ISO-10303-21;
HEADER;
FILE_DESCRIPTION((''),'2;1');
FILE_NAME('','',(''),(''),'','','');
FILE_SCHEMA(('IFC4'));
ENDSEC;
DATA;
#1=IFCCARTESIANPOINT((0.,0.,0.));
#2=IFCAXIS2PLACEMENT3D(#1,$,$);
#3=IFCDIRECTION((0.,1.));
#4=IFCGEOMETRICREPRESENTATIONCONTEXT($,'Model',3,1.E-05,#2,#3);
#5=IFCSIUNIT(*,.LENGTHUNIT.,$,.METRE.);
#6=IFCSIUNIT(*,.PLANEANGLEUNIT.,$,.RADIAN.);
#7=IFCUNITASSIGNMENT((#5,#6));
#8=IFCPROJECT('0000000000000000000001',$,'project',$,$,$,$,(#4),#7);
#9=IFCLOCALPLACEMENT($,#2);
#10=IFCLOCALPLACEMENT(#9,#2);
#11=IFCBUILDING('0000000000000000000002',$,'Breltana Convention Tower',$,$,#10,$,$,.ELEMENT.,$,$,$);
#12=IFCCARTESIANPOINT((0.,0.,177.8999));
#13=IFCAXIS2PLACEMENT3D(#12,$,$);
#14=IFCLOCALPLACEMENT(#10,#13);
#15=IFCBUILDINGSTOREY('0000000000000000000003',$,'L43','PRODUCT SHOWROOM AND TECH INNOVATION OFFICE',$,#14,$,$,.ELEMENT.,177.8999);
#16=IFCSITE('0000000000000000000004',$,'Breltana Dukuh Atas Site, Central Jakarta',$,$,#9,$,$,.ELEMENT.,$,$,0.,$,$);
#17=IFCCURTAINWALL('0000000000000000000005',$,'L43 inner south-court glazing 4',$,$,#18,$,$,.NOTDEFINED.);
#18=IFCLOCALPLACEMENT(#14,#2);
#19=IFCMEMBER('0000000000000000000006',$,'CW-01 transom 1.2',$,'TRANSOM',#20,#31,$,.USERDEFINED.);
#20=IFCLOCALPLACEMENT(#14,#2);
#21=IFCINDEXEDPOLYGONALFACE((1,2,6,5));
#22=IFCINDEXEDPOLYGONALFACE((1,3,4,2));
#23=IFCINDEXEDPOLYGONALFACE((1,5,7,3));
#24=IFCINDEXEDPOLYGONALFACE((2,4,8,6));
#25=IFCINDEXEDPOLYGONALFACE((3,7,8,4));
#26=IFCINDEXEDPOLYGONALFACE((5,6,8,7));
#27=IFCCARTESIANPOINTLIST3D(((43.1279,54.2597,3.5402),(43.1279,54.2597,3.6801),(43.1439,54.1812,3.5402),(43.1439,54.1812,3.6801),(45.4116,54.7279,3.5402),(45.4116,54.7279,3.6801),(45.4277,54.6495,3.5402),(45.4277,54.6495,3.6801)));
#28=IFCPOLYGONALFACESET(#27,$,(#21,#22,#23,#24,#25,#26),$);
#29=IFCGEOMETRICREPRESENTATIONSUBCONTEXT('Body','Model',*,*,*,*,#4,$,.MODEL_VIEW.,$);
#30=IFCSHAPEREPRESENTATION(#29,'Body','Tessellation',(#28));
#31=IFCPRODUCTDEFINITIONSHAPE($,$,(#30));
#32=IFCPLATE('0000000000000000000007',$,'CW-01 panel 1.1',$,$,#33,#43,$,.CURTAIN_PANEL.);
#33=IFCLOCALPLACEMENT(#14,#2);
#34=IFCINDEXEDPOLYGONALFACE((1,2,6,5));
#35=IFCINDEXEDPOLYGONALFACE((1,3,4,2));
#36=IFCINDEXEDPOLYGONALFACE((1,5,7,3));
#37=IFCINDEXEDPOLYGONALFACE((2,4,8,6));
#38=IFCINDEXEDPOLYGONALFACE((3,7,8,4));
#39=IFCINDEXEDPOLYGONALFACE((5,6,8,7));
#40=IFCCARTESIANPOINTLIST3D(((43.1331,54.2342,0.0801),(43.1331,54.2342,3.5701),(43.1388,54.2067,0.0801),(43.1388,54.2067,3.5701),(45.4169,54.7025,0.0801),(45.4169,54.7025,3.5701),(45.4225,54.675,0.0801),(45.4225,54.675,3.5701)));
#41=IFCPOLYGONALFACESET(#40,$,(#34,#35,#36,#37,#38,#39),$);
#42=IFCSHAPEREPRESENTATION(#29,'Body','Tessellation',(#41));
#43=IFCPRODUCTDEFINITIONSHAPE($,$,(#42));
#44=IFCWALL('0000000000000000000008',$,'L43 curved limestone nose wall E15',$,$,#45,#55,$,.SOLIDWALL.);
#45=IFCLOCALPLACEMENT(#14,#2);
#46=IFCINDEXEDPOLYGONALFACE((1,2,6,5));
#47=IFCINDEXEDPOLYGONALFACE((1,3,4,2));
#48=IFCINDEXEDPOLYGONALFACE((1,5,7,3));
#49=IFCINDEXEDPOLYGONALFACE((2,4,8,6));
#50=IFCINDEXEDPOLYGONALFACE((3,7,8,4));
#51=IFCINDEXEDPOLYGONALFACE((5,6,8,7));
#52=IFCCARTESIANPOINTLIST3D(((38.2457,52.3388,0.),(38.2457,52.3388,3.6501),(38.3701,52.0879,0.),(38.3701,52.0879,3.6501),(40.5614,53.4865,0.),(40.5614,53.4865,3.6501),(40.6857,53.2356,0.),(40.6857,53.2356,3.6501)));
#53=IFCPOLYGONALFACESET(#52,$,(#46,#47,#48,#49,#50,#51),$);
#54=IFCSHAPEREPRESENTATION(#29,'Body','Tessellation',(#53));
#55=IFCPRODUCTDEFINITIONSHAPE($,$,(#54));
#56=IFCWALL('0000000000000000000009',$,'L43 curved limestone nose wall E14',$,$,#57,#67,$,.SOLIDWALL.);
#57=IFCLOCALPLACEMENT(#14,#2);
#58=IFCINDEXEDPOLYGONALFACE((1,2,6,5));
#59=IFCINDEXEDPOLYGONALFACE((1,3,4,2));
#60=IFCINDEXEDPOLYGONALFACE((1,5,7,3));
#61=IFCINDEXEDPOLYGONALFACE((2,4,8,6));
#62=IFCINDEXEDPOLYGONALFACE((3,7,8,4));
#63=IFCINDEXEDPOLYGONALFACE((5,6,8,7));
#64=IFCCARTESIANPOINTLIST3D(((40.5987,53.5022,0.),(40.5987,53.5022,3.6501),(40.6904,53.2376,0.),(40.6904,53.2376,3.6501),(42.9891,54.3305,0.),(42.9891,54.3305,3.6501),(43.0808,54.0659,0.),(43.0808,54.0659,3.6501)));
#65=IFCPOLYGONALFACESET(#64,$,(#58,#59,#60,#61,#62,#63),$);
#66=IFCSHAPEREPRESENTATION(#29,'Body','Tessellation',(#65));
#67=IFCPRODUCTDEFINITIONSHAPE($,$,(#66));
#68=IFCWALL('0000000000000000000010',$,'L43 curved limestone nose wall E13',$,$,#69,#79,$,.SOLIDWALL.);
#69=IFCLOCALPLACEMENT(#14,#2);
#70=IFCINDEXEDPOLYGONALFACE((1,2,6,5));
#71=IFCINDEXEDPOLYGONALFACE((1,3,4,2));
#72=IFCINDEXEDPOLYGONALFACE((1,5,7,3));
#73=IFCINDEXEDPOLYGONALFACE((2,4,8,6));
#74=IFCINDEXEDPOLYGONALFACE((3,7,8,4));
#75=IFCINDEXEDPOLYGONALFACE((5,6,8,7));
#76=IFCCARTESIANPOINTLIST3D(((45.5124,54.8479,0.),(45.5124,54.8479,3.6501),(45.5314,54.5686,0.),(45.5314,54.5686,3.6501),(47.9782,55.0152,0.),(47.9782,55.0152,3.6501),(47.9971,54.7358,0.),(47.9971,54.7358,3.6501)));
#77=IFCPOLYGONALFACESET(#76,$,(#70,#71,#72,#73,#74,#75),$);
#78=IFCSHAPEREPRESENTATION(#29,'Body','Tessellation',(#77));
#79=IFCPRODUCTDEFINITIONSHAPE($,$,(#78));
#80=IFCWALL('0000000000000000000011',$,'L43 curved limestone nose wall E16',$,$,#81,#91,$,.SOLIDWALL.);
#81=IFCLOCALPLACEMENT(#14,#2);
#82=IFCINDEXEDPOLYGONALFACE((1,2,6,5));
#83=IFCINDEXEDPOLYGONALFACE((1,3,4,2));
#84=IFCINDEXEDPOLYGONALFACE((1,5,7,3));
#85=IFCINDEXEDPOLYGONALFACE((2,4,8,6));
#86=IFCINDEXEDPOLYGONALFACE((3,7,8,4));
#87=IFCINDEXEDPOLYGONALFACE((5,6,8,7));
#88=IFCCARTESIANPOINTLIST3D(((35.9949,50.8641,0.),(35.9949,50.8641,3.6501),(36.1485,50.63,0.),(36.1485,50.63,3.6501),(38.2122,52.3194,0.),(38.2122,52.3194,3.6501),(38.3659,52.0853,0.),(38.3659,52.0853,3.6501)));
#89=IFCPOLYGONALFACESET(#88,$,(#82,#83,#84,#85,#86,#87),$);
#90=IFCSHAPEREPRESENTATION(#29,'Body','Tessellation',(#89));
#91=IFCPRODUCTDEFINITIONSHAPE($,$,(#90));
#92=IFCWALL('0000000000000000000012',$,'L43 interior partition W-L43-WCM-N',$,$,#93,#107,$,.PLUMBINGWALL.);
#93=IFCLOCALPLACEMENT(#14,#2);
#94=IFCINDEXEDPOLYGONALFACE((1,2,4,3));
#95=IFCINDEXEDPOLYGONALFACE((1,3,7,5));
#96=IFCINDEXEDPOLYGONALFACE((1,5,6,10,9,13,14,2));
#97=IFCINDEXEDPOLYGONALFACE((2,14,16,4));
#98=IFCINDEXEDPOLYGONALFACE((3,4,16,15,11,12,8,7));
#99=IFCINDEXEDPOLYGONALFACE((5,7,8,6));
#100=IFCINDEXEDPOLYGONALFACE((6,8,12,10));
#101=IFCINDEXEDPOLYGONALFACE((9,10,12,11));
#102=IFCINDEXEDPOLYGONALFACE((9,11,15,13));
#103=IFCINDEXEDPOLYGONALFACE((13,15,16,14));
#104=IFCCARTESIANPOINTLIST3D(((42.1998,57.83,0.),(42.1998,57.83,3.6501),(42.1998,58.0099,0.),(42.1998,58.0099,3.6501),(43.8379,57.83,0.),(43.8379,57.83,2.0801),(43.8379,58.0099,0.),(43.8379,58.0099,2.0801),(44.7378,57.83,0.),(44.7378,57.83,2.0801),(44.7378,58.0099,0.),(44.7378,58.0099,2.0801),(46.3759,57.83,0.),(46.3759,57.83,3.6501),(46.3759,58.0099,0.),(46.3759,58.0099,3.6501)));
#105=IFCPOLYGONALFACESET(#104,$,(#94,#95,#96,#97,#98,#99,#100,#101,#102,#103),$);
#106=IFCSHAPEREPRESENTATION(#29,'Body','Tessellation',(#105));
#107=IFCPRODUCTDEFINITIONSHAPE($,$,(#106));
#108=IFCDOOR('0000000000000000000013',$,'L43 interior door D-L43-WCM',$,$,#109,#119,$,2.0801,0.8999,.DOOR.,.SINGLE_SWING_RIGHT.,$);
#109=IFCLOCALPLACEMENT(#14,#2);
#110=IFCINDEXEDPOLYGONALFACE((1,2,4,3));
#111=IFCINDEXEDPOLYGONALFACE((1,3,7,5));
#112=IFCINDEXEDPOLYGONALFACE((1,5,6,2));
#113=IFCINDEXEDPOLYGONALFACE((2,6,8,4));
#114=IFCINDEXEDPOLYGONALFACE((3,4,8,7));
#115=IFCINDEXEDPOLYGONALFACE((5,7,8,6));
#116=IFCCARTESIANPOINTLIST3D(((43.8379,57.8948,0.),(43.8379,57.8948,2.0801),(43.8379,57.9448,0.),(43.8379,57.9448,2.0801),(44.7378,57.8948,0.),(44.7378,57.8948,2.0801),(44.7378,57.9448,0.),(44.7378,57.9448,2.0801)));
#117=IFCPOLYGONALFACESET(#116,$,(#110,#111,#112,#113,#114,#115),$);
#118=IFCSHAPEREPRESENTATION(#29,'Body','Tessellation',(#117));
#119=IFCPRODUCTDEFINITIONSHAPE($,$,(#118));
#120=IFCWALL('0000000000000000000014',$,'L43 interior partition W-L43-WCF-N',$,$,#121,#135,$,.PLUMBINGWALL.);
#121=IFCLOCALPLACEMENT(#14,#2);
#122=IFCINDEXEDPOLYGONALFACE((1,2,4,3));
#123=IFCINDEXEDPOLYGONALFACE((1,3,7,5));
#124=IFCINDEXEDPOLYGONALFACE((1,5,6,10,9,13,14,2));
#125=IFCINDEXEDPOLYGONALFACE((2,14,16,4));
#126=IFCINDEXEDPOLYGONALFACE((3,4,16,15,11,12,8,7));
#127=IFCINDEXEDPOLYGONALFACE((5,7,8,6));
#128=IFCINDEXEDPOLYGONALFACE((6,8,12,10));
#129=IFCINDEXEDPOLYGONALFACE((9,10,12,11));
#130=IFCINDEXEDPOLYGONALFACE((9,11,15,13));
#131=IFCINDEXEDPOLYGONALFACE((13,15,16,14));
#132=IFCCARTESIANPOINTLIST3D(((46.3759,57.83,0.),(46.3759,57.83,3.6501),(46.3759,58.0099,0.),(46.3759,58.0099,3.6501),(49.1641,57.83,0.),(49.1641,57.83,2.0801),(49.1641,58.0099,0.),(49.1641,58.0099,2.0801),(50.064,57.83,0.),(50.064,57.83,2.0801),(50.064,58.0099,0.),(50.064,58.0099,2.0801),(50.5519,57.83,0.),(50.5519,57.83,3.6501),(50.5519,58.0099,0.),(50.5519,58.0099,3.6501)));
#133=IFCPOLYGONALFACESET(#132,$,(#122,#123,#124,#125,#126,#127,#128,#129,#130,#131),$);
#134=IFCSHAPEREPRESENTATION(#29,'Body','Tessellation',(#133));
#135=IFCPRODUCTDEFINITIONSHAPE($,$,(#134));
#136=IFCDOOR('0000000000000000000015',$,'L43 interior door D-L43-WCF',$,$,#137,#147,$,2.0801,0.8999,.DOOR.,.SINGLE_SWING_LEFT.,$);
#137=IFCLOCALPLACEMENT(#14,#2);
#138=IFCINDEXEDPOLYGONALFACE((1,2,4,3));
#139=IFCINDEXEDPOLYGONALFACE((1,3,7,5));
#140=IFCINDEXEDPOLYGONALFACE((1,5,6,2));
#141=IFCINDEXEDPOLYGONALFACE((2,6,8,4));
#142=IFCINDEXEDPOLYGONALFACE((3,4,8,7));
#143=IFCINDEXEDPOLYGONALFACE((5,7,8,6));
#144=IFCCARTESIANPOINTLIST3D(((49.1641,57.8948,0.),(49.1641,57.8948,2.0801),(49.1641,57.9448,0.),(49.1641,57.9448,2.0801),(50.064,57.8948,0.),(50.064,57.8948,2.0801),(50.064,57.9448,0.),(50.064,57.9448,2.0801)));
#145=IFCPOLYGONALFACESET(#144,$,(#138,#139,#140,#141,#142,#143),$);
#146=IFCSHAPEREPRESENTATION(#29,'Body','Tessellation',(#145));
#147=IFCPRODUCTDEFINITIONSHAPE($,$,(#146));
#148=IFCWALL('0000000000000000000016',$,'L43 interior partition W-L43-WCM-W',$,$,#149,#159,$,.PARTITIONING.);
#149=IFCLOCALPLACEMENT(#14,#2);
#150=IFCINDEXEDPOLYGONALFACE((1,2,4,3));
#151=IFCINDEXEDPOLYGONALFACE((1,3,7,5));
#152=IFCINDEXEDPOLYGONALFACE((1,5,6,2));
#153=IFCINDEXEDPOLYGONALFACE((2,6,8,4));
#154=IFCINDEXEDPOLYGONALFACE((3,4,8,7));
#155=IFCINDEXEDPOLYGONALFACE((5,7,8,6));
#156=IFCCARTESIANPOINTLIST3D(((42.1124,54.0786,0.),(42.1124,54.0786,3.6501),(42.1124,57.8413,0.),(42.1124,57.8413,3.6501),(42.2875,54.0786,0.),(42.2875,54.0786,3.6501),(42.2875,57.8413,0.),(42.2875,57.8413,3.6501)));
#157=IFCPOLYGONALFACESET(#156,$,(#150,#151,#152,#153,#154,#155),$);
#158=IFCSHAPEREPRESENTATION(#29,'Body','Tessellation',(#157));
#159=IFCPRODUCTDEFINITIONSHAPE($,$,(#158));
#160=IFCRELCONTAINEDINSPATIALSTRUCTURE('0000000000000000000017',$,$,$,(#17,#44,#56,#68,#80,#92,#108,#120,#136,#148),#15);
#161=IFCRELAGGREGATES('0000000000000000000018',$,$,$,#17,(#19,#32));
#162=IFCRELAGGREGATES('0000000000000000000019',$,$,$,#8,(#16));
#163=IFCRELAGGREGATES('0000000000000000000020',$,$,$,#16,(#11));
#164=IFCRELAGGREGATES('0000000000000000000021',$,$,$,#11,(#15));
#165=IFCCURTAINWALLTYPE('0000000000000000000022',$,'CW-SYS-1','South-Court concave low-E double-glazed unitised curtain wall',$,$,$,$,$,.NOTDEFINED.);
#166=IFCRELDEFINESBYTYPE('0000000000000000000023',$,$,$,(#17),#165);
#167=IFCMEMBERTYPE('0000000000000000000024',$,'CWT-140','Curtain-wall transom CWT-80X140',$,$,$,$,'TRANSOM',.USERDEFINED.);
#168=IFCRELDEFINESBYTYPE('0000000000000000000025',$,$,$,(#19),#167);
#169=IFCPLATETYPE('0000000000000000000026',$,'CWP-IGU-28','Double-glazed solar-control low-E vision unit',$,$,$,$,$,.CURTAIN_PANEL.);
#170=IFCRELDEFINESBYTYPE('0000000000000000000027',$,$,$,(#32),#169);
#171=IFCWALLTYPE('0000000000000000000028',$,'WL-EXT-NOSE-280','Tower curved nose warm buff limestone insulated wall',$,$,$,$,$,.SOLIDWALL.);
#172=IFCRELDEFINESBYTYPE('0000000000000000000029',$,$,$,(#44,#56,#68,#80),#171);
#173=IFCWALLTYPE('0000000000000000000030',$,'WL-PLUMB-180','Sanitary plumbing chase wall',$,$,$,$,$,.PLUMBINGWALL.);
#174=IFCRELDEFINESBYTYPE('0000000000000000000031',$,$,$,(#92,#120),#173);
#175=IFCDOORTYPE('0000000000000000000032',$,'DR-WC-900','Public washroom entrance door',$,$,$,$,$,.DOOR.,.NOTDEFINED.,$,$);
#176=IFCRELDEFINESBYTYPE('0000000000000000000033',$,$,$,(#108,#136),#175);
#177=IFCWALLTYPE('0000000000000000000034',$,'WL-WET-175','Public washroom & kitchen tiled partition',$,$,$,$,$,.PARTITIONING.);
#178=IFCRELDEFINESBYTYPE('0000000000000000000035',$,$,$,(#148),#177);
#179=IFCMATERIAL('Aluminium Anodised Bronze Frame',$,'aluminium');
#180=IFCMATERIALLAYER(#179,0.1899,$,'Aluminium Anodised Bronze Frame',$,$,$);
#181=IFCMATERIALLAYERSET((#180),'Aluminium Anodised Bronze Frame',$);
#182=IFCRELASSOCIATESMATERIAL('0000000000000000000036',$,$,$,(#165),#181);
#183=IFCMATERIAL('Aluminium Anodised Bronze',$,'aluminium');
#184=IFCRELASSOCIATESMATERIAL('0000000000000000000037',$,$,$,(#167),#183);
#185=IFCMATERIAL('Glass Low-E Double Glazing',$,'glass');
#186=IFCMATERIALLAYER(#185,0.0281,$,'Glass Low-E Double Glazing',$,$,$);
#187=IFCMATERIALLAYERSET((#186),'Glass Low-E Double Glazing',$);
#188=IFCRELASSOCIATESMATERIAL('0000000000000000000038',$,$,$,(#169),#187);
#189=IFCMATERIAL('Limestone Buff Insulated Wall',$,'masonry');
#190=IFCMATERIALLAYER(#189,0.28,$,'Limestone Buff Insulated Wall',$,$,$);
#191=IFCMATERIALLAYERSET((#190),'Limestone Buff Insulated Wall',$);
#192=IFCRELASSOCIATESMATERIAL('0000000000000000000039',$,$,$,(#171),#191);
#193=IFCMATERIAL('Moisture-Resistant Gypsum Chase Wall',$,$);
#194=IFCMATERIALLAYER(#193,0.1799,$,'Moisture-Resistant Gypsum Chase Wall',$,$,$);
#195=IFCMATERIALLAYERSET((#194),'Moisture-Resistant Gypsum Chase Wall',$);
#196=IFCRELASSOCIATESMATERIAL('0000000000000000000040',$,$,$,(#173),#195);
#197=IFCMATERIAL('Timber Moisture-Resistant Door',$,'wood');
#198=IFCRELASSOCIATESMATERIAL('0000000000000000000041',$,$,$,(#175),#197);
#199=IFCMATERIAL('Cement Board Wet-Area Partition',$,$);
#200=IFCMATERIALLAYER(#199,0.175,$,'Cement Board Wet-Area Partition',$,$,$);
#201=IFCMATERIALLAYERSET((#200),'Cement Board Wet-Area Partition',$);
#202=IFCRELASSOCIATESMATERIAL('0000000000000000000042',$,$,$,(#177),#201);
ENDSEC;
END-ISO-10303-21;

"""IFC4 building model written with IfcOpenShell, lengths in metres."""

from ifc_helpers import new_model, si_unit, direction, frame, frame_2d, origin, origin_2d, place, context, subcontext, project, spatial, rectangle, extrude, source, transform, mapped, material, layer, layer_set, material_profile, profile_set, type_object, type_shapes, element, fill, aggregate, save


model = new_model("IFC4")

# Units and contexts
model_context = context("Model", 3, precision=1e-05, world=origin(), true_north=direction((0.0, 1.0)))
body_context = subcontext(model_context, "Body", "Model", "MODEL_VIEW")
ifc_project = project(units=[si_unit("LENGTHUNIT", "METRE"), si_unit("PLANEANGLEUNIT", "RADIAN")], contexts=[model_context])

# Site, building, storey
site_placement = place(None, origin())
site = spatial("IfcSite", under=ifc_project, at=site_placement, Name="Breltana Dukuh Atas Site, Central Jakarta", CompositionType="ELEMENT", RefElevation=0.0)
building_placement = place(site_placement, origin())
building = spatial("IfcBuilding", under=site, at=building_placement, Name="Breltana Convention Tower", CompositionType="ELEMENT")
storey_placement = place(building_placement, frame((0.0, 0.0, 177.8999)))
storey = spatial("IfcBuildingStorey", under=building, at=storey_placement, Name="L43", Description="PRODUCT SHOWROOM AND TECH INNOVATION OFFICE", CompositionType="ELEMENT", Elevation=177.8999)

# Curtain wall, member, plate
ifc_material_1 = material(Name="Aluminium Anodised Bronze Frame", Category="aluminium")
ifc_layer_1 = layer(ifc_material_1, 0.1899, Name="Aluminium Anodised Bronze Frame")
ifc_layer_set_1 = layer_set([ifc_layer_1], Name="Aluminium Anodised Bronze Frame")
curtain_wall_type = type_object("IfcCurtainWallType", Name="CW-SYS-1", Description="South-Court concave low-E double-glazed unitised curtain wall", PredefinedType="NOTDEFINED", material=ifc_layer_set_1)
curtain_wall_placement = place(storey_placement, origin())
curtain_wall = element("IfcCurtainWall", 1, at=curtain_wall_placement, inside=storey, type_object=curtain_wall_type, Name="L43 inner south-court glazing 4", PredefinedType="NOTDEFINED")
ifc_material_2 = material(Name="Aluminium Anodised Bronze", Category="aluminium")
ifc_material_profile_1 = material_profile(ifc_material_2, rectangle(XDim=0.0801, YDim=0.1399, at=origin_2d()), Name="CWT-80X140")
ifc_profile_set_1 = profile_set([ifc_material_profile_1], Name="Aluminium Anodised Bronze")
member_type_1 = type_object("IfcMemberType", Name="CWT-140", Description="Curtain-wall transom CWT-80X140", ElementType="TRANSOM", PredefinedType="USERDEFINED", material=ifc_profile_set_1)
shared_shape_1 = source(origin(), body_context, "Body", "SweptSolid", [
    extrude(rectangle(XDim=0.0801, YDim=0.1399, at=origin_2d()), origin(), (0.0, 0.0, 1.0), 2.3313),
])
member_1_placement = place(storey_placement, frame((45.4197, 54.6887, 3.6101), z_axis=(-0.979619, -0.200867, 0.0), x_axis=(0.200867, -0.979619, 0.0)))
member_1 = element("IfcMember", 2, at=member_1_placement, type_object=member_type_1, Name="CW-01 transom 1.2", ObjectType="TRANSOM", PredefinedType="USERDEFINED", context=body_context, shape_type="MappedRepresentation", body=[
    mapped(shared_shape_1, transform((0.0, 0.0, 0.0), scale=1.0)),
])
ifc_material_3 = material(Name="Glass Low-E Double Glazing", Category="glass")
ifc_layer_2 = layer(ifc_material_3, 0.0281, Name="Glass Low-E Double Glazing")
ifc_layer_set_2 = layer_set([ifc_layer_2], Name="Glass Low-E Double Glazing")
plate_type = type_object("IfcPlateType", Name="CWP-IGU-28", Description="Double-glazed solar-control low-E vision unit", PredefinedType="CURTAIN_PANEL", material=ifc_layer_set_2)
shared_shape_2 = source(origin(), body_context, "Body", "SweptSolid", [
    extrude(rectangle(XDim=2.3313, YDim=0.0281, at=origin_2d()), origin(), (0.0, 0.0, 1.0), 3.49),
])
plate_placement = place(storey_placement, frame((44.2778, 54.4546, 0.0801), z_axis=(0.0, 0.0, 1.0), x_axis=(-0.97962, -0.200861, 0.0)))
plate = element("IfcPlate", 3, at=plate_placement, type_object=plate_type, Name="CW-01 panel 1.1", PredefinedType="CURTAIN_PANEL", context=body_context, shape_type="MappedRepresentation", body=[
    mapped(shared_shape_2, transform((0.0, 0.0, 0.0), scale=1.0)),
])
aggregate(curtain_wall, [member_1, plate])

# Walls
ifc_material_4 = material(Name="Limestone Buff Insulated Wall", Category="masonry")
ifc_layer_3 = layer(ifc_material_4, 0.28, Name="Limestone Buff Insulated Wall")
ifc_layer_set_3 = layer_set([ifc_layer_3], Name="Limestone Buff Insulated Wall")
wall_type_1 = type_object("IfcWallType", Name="WL-EXT-NOSE-280", Description="Tower curved nose warm buff limestone insulated wall", PredefinedType="SOLIDWALL", material=ifc_layer_set_3)
shared_shape_3 = source(origin(), body_context, "Body", "SweptSolid", [
    extrude(rectangle(XDim=2.5845, YDim=0.28, at=frame_2d((1.2922, 0.0))), origin(), (0.0, 0.0, 1.0), 3.6501),
])
wall_1_placement = place(storey_placement, frame((40.6235, 53.3611, 0.0), z_axis=(0.0, 0.0, 1.0), x_axis=(-0.89599, -0.444075, 0.0)))
element("IfcWall", 4, at=wall_1_placement, inside=storey, type_object=wall_type_1, Name="L43 curved limestone nose wall E15", PredefinedType="SOLIDWALL", context=body_context, shape_type="MappedRepresentation", body=[
    mapped(shared_shape_3, transform((0.0, 0.0, 0.0), scale=1.0)),
])
shared_shape_4 = source(origin(), body_context, "Body", "SweptSolid", [
    extrude(rectangle(XDim=2.5298, YDim=0.28, at=frame_2d((1.2649, 0.0))), origin(), (0.0, 0.0, 1.0), 3.6501),
])
wall_2_placement = place(storey_placement, frame((43.0349, 54.1982, 0.0), z_axis=(0.0, 0.0, 1.0), x_axis=(-0.944872, -0.327439, 0.0)))
element("IfcWall", 5, at=wall_2_placement, inside=storey, type_object=wall_type_1, Name="L43 curved limestone nose wall E14", PredefinedType="SOLIDWALL", context=body_context, shape_type="MappedRepresentation", body=[
    mapped(shared_shape_4, transform((0.0, 0.0, 0.0), scale=1.0)),
])
shared_shape_5 = source(origin(), body_context, "Body", "SweptSolid", [
    extrude(rectangle(XDim=2.4714, YDim=0.28, at=frame_2d((1.2358, 0.0))), origin(), (0.0, 0.0, 1.0), 3.6501),
])
wall_3_placement = place(storey_placement, frame((47.9878, 54.8755, 0.0), z_axis=(0.0, 0.0, 1.0), x_axis=(-0.997708, -0.067666, 0.0)))
element("IfcWall", 6, at=wall_3_placement, inside=storey, type_object=wall_type_1, Name="L43 curved limestone nose wall E13", PredefinedType="SOLIDWALL", context=body_context, shape_type="MappedRepresentation", body=[
    mapped(shared_shape_5, transform((0.0, 0.0, 0.0), scale=1.0)),
])
shared_shape_6 = source(origin(), body_context, "Body", "SweptSolid", [
    extrude(rectangle(XDim=2.6523, YDim=0.28, at=frame_2d((1.3262, 0.0))), origin(), (0.0, 0.0, 1.0), 3.6501),
])
wall_4_placement = place(storey_placement, frame((38.2891, 52.2024, 0.0), z_axis=(0.0, 0.0, 1.0), x_axis=(-0.836008, -0.548717, 0.0)))
element("IfcWall", 7, at=wall_4_placement, inside=storey, type_object=wall_type_1, Name="L43 curved limestone nose wall E16", PredefinedType="SOLIDWALL", context=body_context, shape_type="MappedRepresentation", body=[
    mapped(shared_shape_6, transform((0.0, 0.0, 0.0), scale=1.0)),
])

# Walls, openings, doors
ifc_material_5 = material(Name="Moisture-Resistant Gypsum Chase Wall")
ifc_layer_4 = layer(ifc_material_5, 0.1799, Name="Moisture-Resistant Gypsum Chase Wall")
ifc_layer_set_4 = layer_set([ifc_layer_4], Name="Moisture-Resistant Gypsum Chase Wall")
wall_type_2 = type_object("IfcWallType", Name="WL-PLUMB-180", Description="Sanitary plumbing chase wall", PredefinedType="PLUMBINGWALL", material=ifc_layer_set_4)
shared_shape_7 = source(origin(), body_context, "Body", "SweptSolid", [
    extrude(rectangle(XDim=4.176, YDim=0.1799, at=frame_2d((2.0879, 0.0))), origin(), (0.0, 0.0, 1.0), 3.6501),
])
wall_5_placement = place(storey_placement, frame((42.2, 57.9199, 0.0), z_axis=(0.0, 0.0, 1.0), x_axis=(1.0, 0.0, 0.0)))
wall_5 = element("IfcWall", 8, at=wall_5_placement, inside=storey, type_object=wall_type_2, Name="L43 interior partition W-L43-WCM-N", PredefinedType="PLUMBINGWALL", context=body_context, shape_type="MappedRepresentation", body=[
    mapped(shared_shape_7, transform((0.0, 0.0, 0.0), scale=1.0)),
])
opening_1_placement = place(wall_5_placement, frame((1.6379, 0.0, 0.0)))
opening_1 = element("IfcOpeningElement", 9, at=opening_1_placement, cuts=wall_5, PredefinedType="OPENING", context=body_context, shape_type="SweptSolid", body=[
    extrude(rectangle(XDim=0.8999, YDim=2.0801, at=frame_2d((0.45, 1.04))), frame((0.0, 0.1001, 0.0), z_axis=(0.0, -1.0, 0.0), x_axis=(1.0, 0.0, 0.0)), (0.0, 0.0, 1.0), 0.2),
])
ifc_material_6 = material(Name="Timber Moisture-Resistant Door", Category="wood")
door_type = type_object("IfcDoorType", Name="DR-WC-900", Description="Public washroom entrance door", OperationType="NOTDEFINED", PredefinedType="DOOR", material=ifc_material_6)
shared_shape_8 = source(origin(), body_context, "Body", "SweptSolid", [
    extrude(rectangle(XDim=0.8999, YDim=2.0801, at=frame_2d((0.45, 1.04))), frame((0.0, 0.0249, 0.0), z_axis=(0.0, -1.0, 0.0), x_axis=(1.0, 0.0, 0.0)), (0.0, 0.0, 1.0), 0.05),
])
type_shapes(door_type, [shared_shape_8])
door_1_placement = place(opening_1_placement, origin())
door_1 = element("IfcDoor", 10, at=door_1_placement, inside=storey, type_object=door_type, Name="L43 interior door D-L43-WCM", OperationType="SINGLE_SWING_RIGHT", OverallHeight=2.0801, OverallWidth=0.8999, PredefinedType="DOOR", context=body_context, shape_type="MappedRepresentation", body=[
    mapped(shared_shape_8, transform((0.0, 0.0, 0.0), scale=1.0)),
])
fill(opening_1, door_1)
wall_6_placement = place(storey_placement, frame((46.376, 57.9199, 0.0), z_axis=(0.0, 0.0, 1.0), x_axis=(1.0, 0.0, 0.0)))
wall_6 = element("IfcWall", 11, at=wall_6_placement, inside=storey, type_object=wall_type_2, Name="L43 interior partition W-L43-WCF-N", PredefinedType="PLUMBINGWALL", context=body_context, shape_type="MappedRepresentation", body=[
    mapped(shared_shape_7, transform((0.0, 0.0, 0.0), scale=1.0)),
])
opening_2_placement = place(wall_6_placement, frame((2.7881, 0.0, 0.0)))
opening_2 = element("IfcOpeningElement", 12, at=opening_2_placement, cuts=wall_6, PredefinedType="OPENING", context=body_context, shape_type="SweptSolid", body=[
    extrude(rectangle(XDim=0.8999, YDim=2.0801, at=frame_2d((0.45, 1.04))), frame((0.0, 0.1001, 0.0), z_axis=(0.0, -1.0, 0.0), x_axis=(1.0, 0.0, 0.0)), (0.0, 0.0, 1.0), 0.2),
])
door_2_placement = place(opening_2_placement, origin())
door_2 = element("IfcDoor", 13, at=door_2_placement, inside=storey, type_object=door_type, Name="L43 interior door D-L43-WCF", OperationType="SINGLE_SWING_LEFT", OverallHeight=2.0801, OverallWidth=0.8999, PredefinedType="DOOR", context=body_context, shape_type="MappedRepresentation", body=[
    mapped(shared_shape_8, transform((0.0, 0.0, 0.0), scale=1.0)),
])
fill(opening_2, door_2)

# Wall
ifc_material_7 = material(Name="Cement Board Wet-Area Partition")
ifc_layer_5 = layer(ifc_material_7, 0.175, Name="Cement Board Wet-Area Partition")
ifc_layer_set_5 = layer_set([ifc_layer_5], Name="Cement Board Wet-Area Partition")
wall_type_3 = type_object("IfcWallType", Name="WL-WET-175", Description="Public washroom & kitchen tiled partition", PredefinedType="PARTITIONING", material=ifc_layer_set_5)
shared_shape_9 = source(origin(), body_context, "Body", "SweptSolid", [
    extrude(rectangle(XDim=3.7627, YDim=0.175, at=frame_2d((1.8813, 0.0))), origin(), (0.0, 0.0, 1.0), 3.6501),
])
wall_7_placement = place(storey_placement, frame((42.2, 54.0786, 0.0), z_axis=(0.0, 0.0, 1.0), x_axis=(0.0, 1.0, 0.0)))
element("IfcWall", 14, at=wall_7_placement, inside=storey, type_object=wall_type_3, Name="L43 interior partition W-L43-WCM-W", PredefinedType="PARTITIONING", context=body_context, shape_type="MappedRepresentation", body=[
    mapped(shared_shape_9, transform((0.0, 0.0, 0.0), scale=1.0)),
])

save(model, "model.ifc")
